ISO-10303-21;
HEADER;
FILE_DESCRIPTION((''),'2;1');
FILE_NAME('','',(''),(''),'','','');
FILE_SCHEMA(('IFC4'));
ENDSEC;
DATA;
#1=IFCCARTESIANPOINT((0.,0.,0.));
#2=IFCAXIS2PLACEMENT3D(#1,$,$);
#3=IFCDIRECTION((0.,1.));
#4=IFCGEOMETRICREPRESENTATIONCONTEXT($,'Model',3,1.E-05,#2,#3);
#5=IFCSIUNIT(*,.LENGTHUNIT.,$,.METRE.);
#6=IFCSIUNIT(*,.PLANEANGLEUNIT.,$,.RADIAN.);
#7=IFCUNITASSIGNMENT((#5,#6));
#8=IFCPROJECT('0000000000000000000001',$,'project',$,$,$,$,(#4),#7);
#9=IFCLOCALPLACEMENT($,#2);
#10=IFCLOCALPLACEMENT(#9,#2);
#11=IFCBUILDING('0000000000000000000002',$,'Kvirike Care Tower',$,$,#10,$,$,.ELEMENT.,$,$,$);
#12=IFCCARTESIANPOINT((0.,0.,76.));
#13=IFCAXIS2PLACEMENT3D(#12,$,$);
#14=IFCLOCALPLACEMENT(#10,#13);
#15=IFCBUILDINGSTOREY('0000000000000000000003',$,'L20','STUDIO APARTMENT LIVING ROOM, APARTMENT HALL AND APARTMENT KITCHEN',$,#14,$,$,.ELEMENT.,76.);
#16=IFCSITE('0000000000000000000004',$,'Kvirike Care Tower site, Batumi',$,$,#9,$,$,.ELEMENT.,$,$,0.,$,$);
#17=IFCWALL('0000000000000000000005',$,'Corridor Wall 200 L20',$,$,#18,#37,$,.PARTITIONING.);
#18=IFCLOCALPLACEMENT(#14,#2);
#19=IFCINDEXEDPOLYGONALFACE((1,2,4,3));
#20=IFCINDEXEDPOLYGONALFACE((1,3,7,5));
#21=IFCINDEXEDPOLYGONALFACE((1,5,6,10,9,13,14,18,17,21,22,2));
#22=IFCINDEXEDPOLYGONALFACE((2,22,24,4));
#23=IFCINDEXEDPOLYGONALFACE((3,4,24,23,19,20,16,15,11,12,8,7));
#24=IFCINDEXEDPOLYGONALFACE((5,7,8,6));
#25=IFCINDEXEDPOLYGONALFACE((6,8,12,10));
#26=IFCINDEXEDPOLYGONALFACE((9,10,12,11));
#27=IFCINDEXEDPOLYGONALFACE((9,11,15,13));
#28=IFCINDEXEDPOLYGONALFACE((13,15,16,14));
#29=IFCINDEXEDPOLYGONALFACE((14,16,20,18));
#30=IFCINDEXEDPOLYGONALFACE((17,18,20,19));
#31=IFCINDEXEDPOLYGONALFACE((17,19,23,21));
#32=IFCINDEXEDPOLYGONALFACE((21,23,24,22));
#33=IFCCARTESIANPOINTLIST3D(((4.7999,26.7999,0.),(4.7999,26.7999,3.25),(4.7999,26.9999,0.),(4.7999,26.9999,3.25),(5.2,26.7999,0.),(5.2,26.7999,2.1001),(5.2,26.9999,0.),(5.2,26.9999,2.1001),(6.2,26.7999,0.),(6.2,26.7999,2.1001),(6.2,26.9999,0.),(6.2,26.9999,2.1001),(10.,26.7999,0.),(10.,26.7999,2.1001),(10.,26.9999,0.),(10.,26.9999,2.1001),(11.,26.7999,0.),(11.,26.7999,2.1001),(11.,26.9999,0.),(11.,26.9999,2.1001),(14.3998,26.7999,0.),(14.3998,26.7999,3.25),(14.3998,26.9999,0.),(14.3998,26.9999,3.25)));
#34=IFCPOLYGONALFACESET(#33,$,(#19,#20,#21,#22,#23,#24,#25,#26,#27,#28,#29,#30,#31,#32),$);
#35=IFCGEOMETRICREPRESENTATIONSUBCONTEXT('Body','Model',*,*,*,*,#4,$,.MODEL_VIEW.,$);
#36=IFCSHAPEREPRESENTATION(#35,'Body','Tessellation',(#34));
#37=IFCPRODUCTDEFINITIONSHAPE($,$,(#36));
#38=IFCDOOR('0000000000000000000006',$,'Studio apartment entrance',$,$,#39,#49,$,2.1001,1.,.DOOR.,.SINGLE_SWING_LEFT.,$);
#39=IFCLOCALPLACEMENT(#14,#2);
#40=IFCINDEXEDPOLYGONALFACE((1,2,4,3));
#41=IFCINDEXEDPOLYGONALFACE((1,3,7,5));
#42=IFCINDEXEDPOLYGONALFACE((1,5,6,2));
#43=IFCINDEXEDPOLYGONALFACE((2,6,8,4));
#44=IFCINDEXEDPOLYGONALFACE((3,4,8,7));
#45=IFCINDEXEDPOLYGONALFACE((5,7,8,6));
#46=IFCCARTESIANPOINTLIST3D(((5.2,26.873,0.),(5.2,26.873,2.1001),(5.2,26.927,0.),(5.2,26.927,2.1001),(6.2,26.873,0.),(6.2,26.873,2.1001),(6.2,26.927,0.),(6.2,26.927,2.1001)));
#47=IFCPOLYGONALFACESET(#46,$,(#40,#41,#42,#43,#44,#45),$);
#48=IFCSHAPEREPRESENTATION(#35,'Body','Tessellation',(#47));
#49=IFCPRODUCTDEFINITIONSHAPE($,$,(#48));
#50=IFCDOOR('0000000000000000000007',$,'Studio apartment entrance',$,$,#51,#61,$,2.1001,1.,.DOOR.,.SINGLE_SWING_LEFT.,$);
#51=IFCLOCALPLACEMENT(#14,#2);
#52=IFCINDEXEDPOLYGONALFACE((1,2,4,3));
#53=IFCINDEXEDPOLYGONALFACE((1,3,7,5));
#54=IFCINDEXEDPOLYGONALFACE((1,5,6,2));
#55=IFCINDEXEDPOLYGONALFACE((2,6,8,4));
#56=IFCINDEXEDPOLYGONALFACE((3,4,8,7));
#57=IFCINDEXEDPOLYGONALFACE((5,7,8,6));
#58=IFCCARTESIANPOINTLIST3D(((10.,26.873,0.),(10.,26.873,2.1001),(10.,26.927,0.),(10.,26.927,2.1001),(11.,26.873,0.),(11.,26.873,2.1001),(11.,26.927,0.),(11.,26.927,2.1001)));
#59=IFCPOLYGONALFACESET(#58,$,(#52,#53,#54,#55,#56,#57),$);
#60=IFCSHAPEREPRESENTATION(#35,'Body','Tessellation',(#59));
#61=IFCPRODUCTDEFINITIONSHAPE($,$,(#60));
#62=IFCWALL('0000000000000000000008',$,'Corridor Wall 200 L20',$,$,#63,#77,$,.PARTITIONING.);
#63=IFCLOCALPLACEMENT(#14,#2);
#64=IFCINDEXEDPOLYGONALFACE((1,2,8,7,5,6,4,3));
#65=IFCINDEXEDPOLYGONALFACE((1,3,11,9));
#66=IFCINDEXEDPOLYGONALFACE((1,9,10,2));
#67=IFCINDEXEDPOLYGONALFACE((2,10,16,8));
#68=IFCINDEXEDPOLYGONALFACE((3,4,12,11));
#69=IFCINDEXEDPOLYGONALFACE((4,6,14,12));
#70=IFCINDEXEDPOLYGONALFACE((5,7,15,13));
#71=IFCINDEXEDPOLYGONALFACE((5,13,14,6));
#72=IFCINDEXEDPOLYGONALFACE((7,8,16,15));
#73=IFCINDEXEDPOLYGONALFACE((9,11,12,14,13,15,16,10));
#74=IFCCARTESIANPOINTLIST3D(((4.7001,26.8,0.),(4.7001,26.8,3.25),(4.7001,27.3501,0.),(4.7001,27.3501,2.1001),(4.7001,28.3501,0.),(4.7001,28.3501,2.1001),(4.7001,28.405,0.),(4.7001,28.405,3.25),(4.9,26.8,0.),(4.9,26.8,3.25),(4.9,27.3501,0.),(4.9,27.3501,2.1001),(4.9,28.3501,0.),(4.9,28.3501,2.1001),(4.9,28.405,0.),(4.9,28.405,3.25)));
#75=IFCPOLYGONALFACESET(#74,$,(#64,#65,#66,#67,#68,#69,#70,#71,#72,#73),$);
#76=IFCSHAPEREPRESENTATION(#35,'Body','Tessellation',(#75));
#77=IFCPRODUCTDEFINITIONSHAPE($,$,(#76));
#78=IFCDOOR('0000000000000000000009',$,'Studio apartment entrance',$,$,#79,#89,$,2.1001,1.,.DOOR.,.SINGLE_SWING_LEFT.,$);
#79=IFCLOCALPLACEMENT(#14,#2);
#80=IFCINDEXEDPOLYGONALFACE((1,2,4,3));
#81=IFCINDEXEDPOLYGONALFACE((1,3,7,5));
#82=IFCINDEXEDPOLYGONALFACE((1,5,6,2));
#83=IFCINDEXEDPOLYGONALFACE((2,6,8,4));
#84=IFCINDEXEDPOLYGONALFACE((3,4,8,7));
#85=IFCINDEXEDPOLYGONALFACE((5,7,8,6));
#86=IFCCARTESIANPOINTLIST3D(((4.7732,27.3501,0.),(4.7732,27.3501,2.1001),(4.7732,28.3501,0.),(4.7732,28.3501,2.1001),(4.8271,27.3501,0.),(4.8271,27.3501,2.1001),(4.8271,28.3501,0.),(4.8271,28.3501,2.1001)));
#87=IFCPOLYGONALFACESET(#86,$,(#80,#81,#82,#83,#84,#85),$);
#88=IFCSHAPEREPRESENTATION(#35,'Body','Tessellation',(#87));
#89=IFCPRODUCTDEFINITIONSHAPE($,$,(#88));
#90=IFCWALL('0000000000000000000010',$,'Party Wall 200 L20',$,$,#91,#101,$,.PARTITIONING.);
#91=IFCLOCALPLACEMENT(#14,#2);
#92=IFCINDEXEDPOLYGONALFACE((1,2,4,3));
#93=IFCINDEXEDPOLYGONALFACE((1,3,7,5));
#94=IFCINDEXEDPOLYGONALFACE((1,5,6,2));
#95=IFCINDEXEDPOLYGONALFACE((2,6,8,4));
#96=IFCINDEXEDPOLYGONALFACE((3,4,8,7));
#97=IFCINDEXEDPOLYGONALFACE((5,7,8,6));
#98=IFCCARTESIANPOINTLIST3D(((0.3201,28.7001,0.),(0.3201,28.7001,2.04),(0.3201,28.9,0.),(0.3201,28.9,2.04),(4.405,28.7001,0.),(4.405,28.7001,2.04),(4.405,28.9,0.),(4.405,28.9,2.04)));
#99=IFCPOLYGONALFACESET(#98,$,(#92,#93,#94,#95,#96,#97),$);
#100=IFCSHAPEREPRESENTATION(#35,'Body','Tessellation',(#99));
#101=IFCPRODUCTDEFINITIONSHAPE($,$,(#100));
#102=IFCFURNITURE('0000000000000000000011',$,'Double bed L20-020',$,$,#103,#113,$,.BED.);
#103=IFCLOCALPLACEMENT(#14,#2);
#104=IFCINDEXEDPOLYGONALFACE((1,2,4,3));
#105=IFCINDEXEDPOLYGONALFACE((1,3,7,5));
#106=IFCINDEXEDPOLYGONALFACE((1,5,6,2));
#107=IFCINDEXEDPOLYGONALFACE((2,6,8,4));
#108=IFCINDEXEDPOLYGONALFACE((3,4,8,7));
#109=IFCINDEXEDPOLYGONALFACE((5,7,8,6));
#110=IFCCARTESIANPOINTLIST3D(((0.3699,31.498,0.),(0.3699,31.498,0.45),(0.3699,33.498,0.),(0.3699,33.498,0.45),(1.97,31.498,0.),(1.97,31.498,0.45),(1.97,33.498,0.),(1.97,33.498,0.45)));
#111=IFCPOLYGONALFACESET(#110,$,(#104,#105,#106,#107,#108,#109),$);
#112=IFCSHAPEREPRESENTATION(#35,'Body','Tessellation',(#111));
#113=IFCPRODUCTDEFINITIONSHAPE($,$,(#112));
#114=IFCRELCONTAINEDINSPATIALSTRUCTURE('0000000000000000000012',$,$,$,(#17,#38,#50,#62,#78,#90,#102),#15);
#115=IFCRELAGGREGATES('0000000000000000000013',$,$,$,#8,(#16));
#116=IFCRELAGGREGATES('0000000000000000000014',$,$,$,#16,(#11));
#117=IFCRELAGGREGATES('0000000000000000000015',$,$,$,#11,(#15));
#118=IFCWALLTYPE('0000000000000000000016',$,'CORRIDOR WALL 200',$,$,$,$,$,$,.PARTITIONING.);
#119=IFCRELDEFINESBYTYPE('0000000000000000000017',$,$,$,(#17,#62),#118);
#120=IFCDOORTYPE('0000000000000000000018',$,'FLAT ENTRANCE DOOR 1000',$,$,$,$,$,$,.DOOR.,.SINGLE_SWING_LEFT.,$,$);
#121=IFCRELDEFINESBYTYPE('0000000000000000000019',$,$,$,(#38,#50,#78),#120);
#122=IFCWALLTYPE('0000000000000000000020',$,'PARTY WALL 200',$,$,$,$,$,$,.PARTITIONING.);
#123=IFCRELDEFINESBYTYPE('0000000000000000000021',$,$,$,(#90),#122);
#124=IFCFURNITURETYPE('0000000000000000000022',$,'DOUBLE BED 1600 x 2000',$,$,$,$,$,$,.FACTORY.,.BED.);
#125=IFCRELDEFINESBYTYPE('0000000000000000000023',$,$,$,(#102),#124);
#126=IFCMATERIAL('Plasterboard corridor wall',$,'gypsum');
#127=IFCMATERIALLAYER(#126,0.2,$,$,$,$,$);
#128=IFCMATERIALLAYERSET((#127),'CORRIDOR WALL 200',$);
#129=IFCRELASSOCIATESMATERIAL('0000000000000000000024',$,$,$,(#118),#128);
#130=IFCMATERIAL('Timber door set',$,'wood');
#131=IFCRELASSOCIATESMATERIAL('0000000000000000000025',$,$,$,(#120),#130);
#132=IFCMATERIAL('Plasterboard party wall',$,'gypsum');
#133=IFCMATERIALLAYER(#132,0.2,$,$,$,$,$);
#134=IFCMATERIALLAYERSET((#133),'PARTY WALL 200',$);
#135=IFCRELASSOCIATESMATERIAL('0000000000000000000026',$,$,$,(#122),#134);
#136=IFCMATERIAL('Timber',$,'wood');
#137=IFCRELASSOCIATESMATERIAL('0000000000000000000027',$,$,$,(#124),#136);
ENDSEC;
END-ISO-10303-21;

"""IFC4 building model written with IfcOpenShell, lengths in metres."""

from ifc_helpers import new_model, si_unit, direction, frame, frame_2d, origin, origin_2d, place, context, subcontext, project, spatial, rectangle, extrude, material, layer, layer_set, type_object, element, fill, save


model = new_model("IFC4")

# Units and contexts
model_context = context("Model", 3, precision=1e-05, world=origin(), true_north=direction((0.0, 1.0)))
body_context = subcontext(model_context, "Body", "Model", "MODEL_VIEW")
ifc_project = project(units=[si_unit("LENGTHUNIT", "METRE"), si_unit("PLANEANGLEUNIT", "RADIAN")], contexts=[model_context])

# Site, building, storey
site_placement = place(None, origin())
site = spatial("IfcSite", under=ifc_project, at=site_placement, Name="Kvirike Care Tower site, Batumi", CompositionType="ELEMENT", RefElevation=0.0)
building_placement = place(site_placement, origin())
building = spatial("IfcBuilding", under=site, at=building_placement, Name="Kvirike Care Tower", CompositionType="ELEMENT")
storey_placement = place(building_placement, frame((0.0, 0.0, 76.0)))
storey = spatial("IfcBuildingStorey", under=building, at=storey_placement, Name="L20", Description="STUDIO APARTMENT LIVING ROOM, APARTMENT HALL AND APARTMENT KITCHEN", CompositionType="ELEMENT", Elevation=76.0)

# Wall, openings, doors
ifc_material_1 = material(Name="Plasterboard corridor wall", Category="gypsum")
ifc_layer_1 = layer(ifc_material_1, 0.2)
ifc_layer_set_1 = layer_set([ifc_layer_1], Name="CORRIDOR WALL 200")
wall_type_1 = type_object("IfcWallType", Name="CORRIDOR WALL 200", PredefinedType="PARTITIONING", material=ifc_layer_set_1)
wall_1_placement = place(storey_placement, frame((4.8, 26.8999, 0.0), z_axis=(0.0, 0.0, 1.0), x_axis=(1.0, 0.0, 0.0)))
wall_1 = element("IfcWall", 1, at=wall_1_placement, inside=storey, type_object=wall_type_1, Name="Corridor Wall 200 L20", PredefinedType="PARTITIONING", context=body_context, shape_type="SweptSolid", body=[
    extrude(rectangle(XDim=9.5999, YDim=0.2, at=frame_2d((4.7998, 0.0))), origin(), (0.0, 0.0, 1.0), 3.25),
])
opening_1_placement = place(wall_1_placement, frame((0.3999, 0.0, 0.0)))
opening_1 = element("IfcOpeningElement", 2, at=opening_1_placement, cuts=wall_1, PredefinedType="OPENING", context=body_context, shape_type="SweptSolid", body=[
    extrude(rectangle(XDim=1.0, YDim=2.1001, at=frame_2d((0.5, 1.05))), frame((0.0, 0.1106, 0.0), z_axis=(0.0, -1.0, 0.0), x_axis=(1.0, 0.0, 0.0)), (0.0, 0.0, 1.0), 0.2209),
])
opening_2_placement = place(wall_1_placement, frame((5.2, 0.0, 0.0)))
opening_2 = element("IfcOpeningElement", 3, at=opening_2_placement, cuts=wall_1, PredefinedType="OPENING", context=body_context, shape_type="SweptSolid", body=[
    extrude(rectangle(XDim=1.0, YDim=2.1001, at=frame_2d((0.5, 1.05))), frame((0.0, 0.1106, 0.0), z_axis=(0.0, -1.0, 0.0), x_axis=(1.0, 0.0, 0.0)), (0.0, 0.0, 1.0), 0.2209),
])
ifc_material_2 = material(Name="Timber door set", Category="wood")
door_type = type_object("IfcDoorType", Name="FLAT ENTRANCE DOOR 1000", OperationType="SINGLE_SWING_LEFT", PredefinedType="DOOR", material=ifc_material_2)
door_1_placement = place(opening_1_placement, frame((1.0, 0.0, 0.0), z_axis=(0.0, 0.0, 1.0), x_axis=(-1.0, 0.0, 0.0)))
door_1 = element("IfcDoor", 4, at=door_1_placement, inside=storey, type_object=door_type, Name="Studio apartment entrance", OperationType="SINGLE_SWING_LEFT", OverallHeight=2.1001, OverallWidth=1.0, PredefinedType="DOOR", context=body_context, shape_type="SweptSolid", body=[
    extrude(rectangle(XDim=1.0, YDim=2.1001, at=frame_2d((0.5, 1.05))), frame((0.0, 0.0269, 0.0), z_axis=(0.0, -1.0, 0.0), x_axis=(1.0, 0.0, 0.0)), (0.0, 0.0, 1.0), 0.054),
])
fill(opening_1, door_1)
door_2_placement = place(opening_2_placement, frame((1.0, 0.0, 0.0), z_axis=(0.0, 0.0, 1.0), x_axis=(-1.0, 0.0, 0.0)))
door_2 = element("IfcDoor", 5, at=door_2_placement, inside=storey, type_object=door_type, Name="Studio apartment entrance", OperationType="SINGLE_SWING_LEFT", OverallHeight=2.1001, OverallWidth=1.0, PredefinedType="DOOR", context=body_context, shape_type="SweptSolid", body=[
    extrude(rectangle(XDim=1.0, YDim=2.1001, at=frame_2d((0.5, 1.05))), frame((0.0, 0.0269, 0.0), z_axis=(0.0, -1.0, 0.0), x_axis=(1.0, 0.0, 0.0)), (0.0, 0.0, 1.0), 0.054),
])
fill(opening_2, door_2)

# Wall, opening, door
wall_2_placement = place(storey_placement, frame((4.8, 26.8, 0.0), z_axis=(0.0, 0.0, 1.0), x_axis=(0.0, 1.0, 0.0)))
wall_2 = element("IfcWall", 6, at=wall_2_placement, inside=storey, type_object=wall_type_1, Name="Corridor Wall 200 L20", PredefinedType="PARTITIONING", context=body_context, shape_type="SweptSolid", body=[
    extrude(rectangle(XDim=1.605, YDim=0.2, at=frame_2d((0.8025, 0.0))), origin(), (0.0, 0.0, 1.0), 3.25),
])
opening_3_placement = place(wall_2_placement, frame((0.55, 0.0, 0.0)))
opening_3 = element("IfcOpeningElement", 7, at=opening_3_placement, cuts=wall_2, PredefinedType="OPENING", context=body_context, shape_type="SweptSolid", body=[
    extrude(rectangle(XDim=1.0, YDim=2.1001, at=frame_2d((0.5, 1.05))), frame((0.0, 0.1106, 0.0), z_axis=(0.0, -1.0, 0.0), x_axis=(1.0, 0.0, 0.0)), (0.0, 0.0, 1.0), 0.2209),
])
door_3_placement = place(opening_3_placement, origin())
door_3 = element("IfcDoor", 8, at=door_3_placement, inside=storey, type_object=door_type, Name="Studio apartment entrance", OperationType="SINGLE_SWING_LEFT", OverallHeight=2.1001, OverallWidth=1.0, PredefinedType="DOOR", context=body_context, shape_type="SweptSolid", body=[
    extrude(rectangle(XDim=1.0, YDim=2.1001, at=frame_2d((0.5, 1.05))), frame((0.0, 0.0269, 0.0), z_axis=(0.0, -1.0, 0.0), x_axis=(1.0, 0.0, 0.0)), (0.0, 0.0, 1.0), 0.054),
])
fill(opening_3, door_3)

# Wall
ifc_material_3 = material(Name="Plasterboard party wall", Category="gypsum")
ifc_layer_2 = layer(ifc_material_3, 0.2)
ifc_layer_set_2 = layer_set([ifc_layer_2], Name="PARTY WALL 200")
wall_type_2 = type_object("IfcWallType", Name="PARTY WALL 200", PredefinedType="PARTITIONING", material=ifc_layer_set_2)
wall_3_placement = place(storey_placement, frame((4.405, 28.8, 0.0), z_axis=(0.0, 0.0, 1.0), x_axis=(-1.0, 0.0, 0.0)))
element("IfcWall", 9, at=wall_3_placement, inside=storey, type_object=wall_type_2, Name="Party Wall 200 L20", PredefinedType="PARTITIONING", context=body_context, shape_type="SweptSolid", body=[
    extrude(rectangle(XDim=4.085, YDim=0.2, at=frame_2d((2.0425, 0.0))), origin(), (0.0, 0.0, 1.0), 2.04),
])

# Furniture
ifc_material_4 = material(Name="Timber", Category="wood")
furniture_type = type_object("IfcFurnitureType", Name="DOUBLE BED 1600 x 2000", AssemblyPlace="FACTORY", PredefinedType="BED", material=ifc_material_4)
furniture_placement = place(storey_placement, frame((1.1699, 32.498, 0.0), z_axis=(0.0, 0.0, 1.0), x_axis=(1.0, 0.0, 0.0)))
element("IfcFurniture", 10, at=furniture_placement, inside=storey, type_object=furniture_type, Name="Double bed L20-020", PredefinedType="BED", context=body_context, shape_type="SweptSolid", body=[
    extrude(rectangle(XDim=1.6001, YDim=2.0, at=origin_2d()), origin(), (0.0, 0.0, 1.0), 0.45),
])

save(model, "model.ifc")
